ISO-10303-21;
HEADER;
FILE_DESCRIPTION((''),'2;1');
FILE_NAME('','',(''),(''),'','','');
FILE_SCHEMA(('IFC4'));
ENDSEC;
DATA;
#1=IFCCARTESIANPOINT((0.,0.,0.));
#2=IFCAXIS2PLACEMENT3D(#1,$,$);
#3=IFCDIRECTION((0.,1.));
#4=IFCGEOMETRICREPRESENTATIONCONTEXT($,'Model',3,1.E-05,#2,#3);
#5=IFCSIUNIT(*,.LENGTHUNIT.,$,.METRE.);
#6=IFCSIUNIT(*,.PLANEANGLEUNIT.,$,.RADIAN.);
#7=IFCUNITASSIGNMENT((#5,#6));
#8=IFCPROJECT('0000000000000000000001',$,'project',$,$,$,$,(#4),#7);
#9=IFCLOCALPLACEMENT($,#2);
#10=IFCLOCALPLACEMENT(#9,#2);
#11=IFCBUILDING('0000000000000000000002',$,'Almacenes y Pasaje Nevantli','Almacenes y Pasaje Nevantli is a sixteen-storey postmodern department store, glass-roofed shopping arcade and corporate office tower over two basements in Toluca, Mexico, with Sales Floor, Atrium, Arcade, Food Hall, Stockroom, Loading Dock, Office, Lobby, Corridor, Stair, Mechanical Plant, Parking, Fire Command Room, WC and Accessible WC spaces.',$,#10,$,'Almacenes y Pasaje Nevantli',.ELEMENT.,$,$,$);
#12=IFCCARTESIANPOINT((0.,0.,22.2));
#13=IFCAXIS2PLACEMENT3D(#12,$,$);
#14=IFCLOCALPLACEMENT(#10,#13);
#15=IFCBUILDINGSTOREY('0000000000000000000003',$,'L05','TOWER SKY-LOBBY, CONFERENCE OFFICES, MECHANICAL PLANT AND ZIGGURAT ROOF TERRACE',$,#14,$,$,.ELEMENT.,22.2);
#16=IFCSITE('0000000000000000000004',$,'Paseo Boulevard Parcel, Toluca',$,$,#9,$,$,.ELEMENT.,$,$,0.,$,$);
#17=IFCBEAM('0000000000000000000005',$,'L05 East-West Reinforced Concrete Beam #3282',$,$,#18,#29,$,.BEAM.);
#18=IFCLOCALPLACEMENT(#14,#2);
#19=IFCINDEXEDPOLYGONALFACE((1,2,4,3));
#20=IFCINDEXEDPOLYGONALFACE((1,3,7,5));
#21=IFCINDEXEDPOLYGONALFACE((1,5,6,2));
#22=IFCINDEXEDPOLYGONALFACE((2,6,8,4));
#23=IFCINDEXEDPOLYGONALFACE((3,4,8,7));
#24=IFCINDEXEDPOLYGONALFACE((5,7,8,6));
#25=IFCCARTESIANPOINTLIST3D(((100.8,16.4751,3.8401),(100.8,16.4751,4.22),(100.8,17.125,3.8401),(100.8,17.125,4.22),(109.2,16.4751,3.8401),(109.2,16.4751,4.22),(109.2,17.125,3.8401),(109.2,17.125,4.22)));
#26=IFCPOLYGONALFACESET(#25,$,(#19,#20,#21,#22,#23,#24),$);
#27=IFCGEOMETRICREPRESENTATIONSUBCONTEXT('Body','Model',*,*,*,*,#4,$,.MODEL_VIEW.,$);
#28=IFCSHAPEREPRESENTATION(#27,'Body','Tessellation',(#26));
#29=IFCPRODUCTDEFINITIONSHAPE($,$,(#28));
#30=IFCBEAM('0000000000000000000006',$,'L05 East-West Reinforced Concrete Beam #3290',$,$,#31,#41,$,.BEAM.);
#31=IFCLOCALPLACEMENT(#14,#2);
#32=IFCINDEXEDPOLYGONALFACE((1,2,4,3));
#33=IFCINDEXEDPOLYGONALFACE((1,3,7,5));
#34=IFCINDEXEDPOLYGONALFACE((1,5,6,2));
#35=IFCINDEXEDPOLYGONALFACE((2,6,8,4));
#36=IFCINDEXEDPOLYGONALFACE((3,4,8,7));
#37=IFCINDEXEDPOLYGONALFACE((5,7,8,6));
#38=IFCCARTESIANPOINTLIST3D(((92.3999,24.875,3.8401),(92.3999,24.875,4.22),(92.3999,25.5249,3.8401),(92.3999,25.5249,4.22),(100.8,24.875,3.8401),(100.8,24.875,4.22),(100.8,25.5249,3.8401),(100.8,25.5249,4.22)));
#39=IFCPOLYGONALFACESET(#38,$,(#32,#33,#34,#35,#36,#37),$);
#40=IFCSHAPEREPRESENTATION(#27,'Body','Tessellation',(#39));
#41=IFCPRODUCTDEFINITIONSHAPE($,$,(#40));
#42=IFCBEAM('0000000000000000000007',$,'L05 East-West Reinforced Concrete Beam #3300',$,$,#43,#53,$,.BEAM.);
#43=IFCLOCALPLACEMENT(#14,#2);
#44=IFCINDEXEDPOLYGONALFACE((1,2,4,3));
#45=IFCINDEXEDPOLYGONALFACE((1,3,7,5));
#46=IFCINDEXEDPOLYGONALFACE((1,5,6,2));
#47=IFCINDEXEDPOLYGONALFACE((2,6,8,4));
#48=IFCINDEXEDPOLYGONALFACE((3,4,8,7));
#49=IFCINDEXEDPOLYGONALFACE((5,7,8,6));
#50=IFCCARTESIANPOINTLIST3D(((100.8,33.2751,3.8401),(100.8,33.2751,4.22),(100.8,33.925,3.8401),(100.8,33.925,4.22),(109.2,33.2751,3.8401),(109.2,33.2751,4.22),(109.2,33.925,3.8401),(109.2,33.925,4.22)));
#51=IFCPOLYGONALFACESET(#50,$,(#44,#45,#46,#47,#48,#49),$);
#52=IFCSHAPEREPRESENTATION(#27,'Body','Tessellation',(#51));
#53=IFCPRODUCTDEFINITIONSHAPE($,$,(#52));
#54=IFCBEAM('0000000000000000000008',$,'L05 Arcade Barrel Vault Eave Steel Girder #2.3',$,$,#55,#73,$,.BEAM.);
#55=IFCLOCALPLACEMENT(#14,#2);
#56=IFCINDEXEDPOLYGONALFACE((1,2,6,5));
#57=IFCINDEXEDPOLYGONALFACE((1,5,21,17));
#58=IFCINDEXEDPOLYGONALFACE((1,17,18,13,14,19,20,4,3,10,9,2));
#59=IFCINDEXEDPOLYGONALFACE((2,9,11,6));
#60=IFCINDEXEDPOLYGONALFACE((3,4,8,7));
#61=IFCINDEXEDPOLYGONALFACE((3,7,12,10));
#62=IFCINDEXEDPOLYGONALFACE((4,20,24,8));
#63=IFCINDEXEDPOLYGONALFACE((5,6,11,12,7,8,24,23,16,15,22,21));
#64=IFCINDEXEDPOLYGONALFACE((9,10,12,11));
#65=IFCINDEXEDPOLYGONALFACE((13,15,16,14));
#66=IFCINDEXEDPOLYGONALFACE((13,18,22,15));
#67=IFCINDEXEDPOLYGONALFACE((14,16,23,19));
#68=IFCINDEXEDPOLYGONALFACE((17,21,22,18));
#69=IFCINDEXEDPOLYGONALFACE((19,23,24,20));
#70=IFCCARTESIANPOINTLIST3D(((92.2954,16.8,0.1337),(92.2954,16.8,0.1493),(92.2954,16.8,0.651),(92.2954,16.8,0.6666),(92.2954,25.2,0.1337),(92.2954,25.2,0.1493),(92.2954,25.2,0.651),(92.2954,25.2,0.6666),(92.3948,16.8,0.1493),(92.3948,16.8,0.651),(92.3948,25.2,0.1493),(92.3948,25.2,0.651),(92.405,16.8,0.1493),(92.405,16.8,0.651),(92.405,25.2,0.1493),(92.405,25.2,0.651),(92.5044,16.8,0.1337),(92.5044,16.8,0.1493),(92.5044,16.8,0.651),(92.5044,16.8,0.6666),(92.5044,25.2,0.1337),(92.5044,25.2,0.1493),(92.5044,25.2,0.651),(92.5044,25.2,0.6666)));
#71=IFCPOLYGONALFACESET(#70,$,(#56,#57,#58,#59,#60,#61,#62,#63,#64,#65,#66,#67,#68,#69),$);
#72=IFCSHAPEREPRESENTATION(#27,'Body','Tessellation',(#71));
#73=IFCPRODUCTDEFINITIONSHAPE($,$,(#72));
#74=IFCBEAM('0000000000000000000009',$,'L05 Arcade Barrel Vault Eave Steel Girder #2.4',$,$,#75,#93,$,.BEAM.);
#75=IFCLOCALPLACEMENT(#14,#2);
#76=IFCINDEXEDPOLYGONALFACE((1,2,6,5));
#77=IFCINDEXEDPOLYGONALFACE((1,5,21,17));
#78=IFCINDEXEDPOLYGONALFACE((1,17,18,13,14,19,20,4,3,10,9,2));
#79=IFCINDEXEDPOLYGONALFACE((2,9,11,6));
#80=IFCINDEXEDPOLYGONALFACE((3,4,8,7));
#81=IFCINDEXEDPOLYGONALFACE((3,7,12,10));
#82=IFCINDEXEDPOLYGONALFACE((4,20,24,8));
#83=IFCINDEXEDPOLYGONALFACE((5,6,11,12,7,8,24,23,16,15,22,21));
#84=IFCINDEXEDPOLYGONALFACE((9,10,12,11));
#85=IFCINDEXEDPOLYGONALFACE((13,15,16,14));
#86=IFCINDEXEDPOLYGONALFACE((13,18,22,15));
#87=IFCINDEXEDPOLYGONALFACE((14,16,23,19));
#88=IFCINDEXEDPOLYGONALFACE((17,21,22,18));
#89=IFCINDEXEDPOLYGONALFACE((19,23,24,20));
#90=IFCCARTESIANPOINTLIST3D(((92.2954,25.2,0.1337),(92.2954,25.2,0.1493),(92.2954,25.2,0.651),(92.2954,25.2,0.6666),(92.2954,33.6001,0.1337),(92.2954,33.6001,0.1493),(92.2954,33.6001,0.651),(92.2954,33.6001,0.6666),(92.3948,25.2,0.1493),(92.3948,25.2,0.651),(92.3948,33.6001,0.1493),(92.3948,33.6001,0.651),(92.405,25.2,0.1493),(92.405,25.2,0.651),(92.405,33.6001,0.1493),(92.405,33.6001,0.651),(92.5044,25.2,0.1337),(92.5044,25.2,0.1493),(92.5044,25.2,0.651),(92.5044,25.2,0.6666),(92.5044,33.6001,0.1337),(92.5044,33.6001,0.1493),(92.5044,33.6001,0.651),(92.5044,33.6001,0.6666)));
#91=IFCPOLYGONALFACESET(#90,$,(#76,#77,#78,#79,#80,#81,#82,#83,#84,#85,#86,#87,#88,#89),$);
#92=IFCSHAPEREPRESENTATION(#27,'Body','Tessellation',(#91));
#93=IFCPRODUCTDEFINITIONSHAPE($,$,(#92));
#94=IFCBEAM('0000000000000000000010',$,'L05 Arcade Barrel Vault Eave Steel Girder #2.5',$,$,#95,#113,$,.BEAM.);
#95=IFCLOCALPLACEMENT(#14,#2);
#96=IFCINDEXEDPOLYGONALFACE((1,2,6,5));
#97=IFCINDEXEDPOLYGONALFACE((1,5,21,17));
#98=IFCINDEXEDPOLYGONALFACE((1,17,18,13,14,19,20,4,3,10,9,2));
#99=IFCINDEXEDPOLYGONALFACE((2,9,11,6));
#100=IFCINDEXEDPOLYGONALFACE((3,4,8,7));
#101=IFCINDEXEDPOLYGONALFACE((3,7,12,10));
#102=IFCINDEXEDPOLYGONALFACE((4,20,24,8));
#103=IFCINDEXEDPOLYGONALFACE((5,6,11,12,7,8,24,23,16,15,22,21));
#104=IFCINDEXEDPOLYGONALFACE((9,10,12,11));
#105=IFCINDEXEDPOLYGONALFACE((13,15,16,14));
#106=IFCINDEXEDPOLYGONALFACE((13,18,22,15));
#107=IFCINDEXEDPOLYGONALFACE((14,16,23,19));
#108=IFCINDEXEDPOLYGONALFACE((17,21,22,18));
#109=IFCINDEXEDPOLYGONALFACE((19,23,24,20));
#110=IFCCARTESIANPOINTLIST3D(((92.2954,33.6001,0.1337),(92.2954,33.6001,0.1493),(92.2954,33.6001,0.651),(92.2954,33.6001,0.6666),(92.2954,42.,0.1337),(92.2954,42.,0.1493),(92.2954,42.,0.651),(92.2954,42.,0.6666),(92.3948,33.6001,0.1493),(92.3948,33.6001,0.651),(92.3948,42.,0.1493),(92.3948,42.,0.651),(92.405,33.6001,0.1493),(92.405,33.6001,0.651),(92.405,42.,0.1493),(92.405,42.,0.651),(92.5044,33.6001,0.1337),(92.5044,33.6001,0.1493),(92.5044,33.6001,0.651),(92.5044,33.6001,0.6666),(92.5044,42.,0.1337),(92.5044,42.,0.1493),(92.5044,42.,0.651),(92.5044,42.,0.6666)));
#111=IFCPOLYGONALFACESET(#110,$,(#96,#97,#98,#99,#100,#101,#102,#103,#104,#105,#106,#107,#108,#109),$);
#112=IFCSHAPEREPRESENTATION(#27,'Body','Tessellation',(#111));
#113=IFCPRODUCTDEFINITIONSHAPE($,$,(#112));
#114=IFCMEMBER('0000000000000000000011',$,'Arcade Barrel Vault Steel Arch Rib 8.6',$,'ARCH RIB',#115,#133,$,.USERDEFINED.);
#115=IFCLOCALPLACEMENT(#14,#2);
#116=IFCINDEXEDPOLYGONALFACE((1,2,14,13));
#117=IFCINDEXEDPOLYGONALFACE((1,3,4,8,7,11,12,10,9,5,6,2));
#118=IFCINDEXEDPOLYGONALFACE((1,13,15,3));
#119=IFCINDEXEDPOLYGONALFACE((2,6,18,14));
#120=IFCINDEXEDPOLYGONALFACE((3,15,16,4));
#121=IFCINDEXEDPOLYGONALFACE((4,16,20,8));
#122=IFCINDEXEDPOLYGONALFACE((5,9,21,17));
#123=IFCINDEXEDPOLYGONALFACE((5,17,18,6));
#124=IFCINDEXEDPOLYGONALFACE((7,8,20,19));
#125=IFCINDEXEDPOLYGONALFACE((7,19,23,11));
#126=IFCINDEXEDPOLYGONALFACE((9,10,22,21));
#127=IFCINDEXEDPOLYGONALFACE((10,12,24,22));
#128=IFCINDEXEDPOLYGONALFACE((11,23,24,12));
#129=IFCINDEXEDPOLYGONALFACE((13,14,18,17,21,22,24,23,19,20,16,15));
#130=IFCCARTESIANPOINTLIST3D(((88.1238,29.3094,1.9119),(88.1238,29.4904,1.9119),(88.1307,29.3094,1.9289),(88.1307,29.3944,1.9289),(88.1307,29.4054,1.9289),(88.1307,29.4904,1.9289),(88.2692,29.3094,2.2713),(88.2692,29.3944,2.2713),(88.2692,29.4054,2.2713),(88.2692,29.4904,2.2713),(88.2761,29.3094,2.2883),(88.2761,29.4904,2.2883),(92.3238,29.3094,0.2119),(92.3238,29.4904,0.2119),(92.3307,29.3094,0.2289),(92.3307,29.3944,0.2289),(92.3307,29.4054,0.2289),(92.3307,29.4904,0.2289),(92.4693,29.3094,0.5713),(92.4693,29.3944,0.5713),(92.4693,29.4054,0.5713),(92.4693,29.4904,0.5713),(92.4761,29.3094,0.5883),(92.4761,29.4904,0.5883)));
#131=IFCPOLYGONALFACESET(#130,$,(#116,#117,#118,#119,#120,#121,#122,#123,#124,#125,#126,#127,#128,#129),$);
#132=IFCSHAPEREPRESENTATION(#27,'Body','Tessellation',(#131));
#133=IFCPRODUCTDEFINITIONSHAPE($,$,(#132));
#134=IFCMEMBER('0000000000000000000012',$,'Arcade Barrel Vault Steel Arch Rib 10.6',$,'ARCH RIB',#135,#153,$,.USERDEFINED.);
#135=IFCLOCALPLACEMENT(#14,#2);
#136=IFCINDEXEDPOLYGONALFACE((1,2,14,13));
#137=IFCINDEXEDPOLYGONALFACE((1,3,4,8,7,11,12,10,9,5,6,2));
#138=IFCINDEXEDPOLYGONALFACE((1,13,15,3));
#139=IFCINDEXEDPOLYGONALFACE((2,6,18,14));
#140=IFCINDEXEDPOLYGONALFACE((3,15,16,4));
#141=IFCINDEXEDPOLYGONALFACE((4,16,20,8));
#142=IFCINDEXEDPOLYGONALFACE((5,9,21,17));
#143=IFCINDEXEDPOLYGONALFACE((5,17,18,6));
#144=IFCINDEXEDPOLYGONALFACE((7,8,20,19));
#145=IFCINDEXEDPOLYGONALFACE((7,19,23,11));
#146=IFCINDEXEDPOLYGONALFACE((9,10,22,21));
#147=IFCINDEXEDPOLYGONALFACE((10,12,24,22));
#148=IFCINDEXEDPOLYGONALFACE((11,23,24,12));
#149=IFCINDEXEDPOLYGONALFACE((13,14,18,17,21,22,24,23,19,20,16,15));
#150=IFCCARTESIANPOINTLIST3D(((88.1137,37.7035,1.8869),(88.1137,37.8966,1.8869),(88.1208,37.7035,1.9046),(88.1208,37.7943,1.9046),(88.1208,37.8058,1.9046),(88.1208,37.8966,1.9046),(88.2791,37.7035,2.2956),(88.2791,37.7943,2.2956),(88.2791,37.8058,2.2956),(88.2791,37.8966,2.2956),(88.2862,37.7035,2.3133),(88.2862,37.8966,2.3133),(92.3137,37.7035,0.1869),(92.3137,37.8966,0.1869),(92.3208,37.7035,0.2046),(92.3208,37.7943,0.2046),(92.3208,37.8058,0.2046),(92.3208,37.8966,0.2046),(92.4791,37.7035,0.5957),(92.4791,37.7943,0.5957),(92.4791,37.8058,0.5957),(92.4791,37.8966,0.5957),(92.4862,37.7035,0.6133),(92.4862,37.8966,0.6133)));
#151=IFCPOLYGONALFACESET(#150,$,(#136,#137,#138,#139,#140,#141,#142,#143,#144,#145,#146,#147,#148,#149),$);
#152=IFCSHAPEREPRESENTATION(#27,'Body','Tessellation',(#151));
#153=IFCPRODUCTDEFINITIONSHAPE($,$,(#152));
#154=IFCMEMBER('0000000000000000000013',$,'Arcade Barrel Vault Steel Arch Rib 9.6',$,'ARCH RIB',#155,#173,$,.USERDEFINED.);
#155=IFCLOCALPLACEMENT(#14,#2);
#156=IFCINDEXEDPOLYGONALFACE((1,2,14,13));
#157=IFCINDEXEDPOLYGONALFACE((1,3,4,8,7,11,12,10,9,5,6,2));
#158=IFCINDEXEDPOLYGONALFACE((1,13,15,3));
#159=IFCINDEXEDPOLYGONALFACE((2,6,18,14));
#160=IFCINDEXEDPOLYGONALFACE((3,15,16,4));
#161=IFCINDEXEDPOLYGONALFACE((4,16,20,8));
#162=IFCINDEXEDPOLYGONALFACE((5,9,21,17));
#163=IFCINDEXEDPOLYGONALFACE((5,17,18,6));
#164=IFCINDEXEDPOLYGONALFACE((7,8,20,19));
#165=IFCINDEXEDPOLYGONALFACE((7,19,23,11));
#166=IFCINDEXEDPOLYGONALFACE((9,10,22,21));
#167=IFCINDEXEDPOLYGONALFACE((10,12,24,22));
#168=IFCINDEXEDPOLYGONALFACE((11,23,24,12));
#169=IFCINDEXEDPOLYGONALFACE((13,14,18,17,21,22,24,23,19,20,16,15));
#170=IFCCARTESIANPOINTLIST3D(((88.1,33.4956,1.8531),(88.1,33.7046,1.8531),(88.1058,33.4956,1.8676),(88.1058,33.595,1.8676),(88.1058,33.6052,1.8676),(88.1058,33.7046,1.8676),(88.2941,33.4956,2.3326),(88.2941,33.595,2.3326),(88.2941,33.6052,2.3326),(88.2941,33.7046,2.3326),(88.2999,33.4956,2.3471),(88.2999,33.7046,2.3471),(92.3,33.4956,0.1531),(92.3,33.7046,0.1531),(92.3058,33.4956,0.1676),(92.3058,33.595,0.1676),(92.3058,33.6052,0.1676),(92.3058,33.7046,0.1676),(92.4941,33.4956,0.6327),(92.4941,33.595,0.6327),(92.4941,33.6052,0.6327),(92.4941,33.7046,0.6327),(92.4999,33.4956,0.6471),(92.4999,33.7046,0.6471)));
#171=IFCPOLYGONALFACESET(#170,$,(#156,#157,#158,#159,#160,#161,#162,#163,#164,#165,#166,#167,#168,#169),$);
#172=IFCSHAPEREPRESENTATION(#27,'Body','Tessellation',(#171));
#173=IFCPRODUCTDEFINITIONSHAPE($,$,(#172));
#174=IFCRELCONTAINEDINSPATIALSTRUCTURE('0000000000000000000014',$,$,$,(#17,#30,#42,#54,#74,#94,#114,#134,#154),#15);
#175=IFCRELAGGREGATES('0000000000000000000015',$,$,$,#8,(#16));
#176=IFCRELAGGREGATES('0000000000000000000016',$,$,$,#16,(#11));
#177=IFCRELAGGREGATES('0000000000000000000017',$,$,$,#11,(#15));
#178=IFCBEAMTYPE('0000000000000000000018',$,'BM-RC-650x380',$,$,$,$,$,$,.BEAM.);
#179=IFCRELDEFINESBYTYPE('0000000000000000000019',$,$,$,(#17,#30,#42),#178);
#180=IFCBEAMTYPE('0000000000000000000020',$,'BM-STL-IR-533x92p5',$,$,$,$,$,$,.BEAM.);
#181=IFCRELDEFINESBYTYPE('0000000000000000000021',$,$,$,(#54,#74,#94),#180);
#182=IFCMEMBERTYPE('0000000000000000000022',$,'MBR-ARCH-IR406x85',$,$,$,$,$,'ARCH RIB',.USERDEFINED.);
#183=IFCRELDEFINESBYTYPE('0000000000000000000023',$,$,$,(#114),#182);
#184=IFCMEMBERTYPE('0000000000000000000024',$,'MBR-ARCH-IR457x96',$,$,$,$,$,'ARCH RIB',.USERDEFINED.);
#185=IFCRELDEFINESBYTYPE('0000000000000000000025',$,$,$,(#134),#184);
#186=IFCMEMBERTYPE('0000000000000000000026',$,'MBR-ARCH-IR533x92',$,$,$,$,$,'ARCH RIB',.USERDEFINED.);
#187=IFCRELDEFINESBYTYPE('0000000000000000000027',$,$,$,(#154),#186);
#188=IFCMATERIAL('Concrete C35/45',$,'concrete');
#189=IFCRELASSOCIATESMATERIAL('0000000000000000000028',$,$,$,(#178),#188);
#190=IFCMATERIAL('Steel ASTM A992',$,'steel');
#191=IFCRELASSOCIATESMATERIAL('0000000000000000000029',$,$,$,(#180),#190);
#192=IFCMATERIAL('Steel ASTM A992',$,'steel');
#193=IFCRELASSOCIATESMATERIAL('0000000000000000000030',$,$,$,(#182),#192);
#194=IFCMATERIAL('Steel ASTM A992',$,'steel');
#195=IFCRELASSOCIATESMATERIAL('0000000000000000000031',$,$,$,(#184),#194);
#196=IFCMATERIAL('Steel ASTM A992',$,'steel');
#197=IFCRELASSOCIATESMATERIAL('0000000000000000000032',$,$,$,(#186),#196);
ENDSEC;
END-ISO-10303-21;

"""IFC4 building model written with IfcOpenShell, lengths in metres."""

from ifc_helpers import new_model, si_unit, direction, frame, origin, origin_2d, place, context, subcontext, project, spatial, rectangle, i_section, extrude, material, material_profile, profile_set, type_object, element, save


model = new_model("IFC4")

# Units and contexts
model_context = context("Model", 3, precision=1e-05, world=origin(), true_north=direction((0.0, 1.0)))
body_context = subcontext(model_context, "Body", "Model", "MODEL_VIEW")
ifc_project = project(units=[si_unit("LENGTHUNIT", "METRE"), si_unit("PLANEANGLEUNIT", "RADIAN")], contexts=[model_context])

# Site, building, storey
site_placement = place(None, origin())
site = spatial("IfcSite", under=ifc_project, at=site_placement, Name="Paseo Boulevard Parcel, Toluca", CompositionType="ELEMENT", RefElevation=0.0)
building_placement = place(site_placement, origin())
building = spatial("IfcBuilding", under=site, at=building_placement, Name="Almacenes y Pasaje Nevantli", Description="Almacenes y Pasaje Nevantli is a sixteen-storey postmodern department store, glass-roofed shopping arcade and corporate office tower over two basements in Toluca, Mexico, with Sales Floor, Atrium, Arcade, Food Hall, Stockroom, Loading Dock, Office, Lobby, Corridor, Stair, Mechanical Plant, Parking, Fire Command Room, WC and Accessible WC spaces.", LongName="Almacenes y Pasaje Nevantli", CompositionType="ELEMENT")
storey_placement = place(building_placement, frame((0.0, 0.0, 22.2)))
storey = spatial("IfcBuildingStorey", under=building, at=storey_placement, Name="L05", Description="TOWER SKY-LOBBY, CONFERENCE OFFICES, MECHANICAL PLANT AND ZIGGURAT ROOF TERRACE", CompositionType="ELEMENT", Elevation=22.2)

# Beams
ifc_material_1 = material(Name="Concrete C35/45", Category="concrete")
ifc_material_profile_1 = material_profile(ifc_material_1, rectangle(XDim=0.6499, YDim=0.3799, at=origin_2d()), Name="RC-BM-650x380")
ifc_profile_set_1 = profile_set([ifc_material_profile_1], Name="Concrete C35/45")
beam_type_1 = type_object("IfcBeamType", Name="BM-RC-650x380", PredefinedType="BEAM", material=ifc_profile_set_1)
beam_1_placement = place(storey_placement, frame((100.8, 16.8, 4.03), z_axis=(1.0, 0.0, 0.0), x_axis=(0.0, 1.0, 0.0)))
element("IfcBeam", 1, at=beam_1_placement, inside=storey, type_object=beam_type_1, Name="L05 East-West Reinforced Concrete Beam #3282", PredefinedType="BEAM", context=body_context, shape_type="SweptSolid", body=[
    extrude(rectangle(XDim=0.6499, YDim=0.3799, at=origin_2d()), origin(), (0.0, 0.0, 1.0), 8.3999),
])
beam_2_placement = place(storey_placement, frame((92.3999, 25.2, 4.03), z_axis=(1.0, 0.0, 0.0), x_axis=(0.0, 1.0, 0.0)))
element("IfcBeam", 2, at=beam_2_placement, inside=storey, type_object=beam_type_1, Name="L05 East-West Reinforced Concrete Beam #3290", PredefinedType="BEAM", context=body_context, shape_type="SweptSolid", body=[
    extrude(rectangle(XDim=0.6499, YDim=0.3799, at=origin_2d()), origin(), (0.0, 0.0, 1.0), 8.4001),
])
beam_3_placement = place(storey_placement, frame((100.8, 33.6001, 4.03), z_axis=(1.0, 0.0, 0.0), x_axis=(0.0, 1.0, 0.0)))
element("IfcBeam", 3, at=beam_3_placement, inside=storey, type_object=beam_type_1, Name="L05 East-West Reinforced Concrete Beam #3300", PredefinedType="BEAM", context=body_context, shape_type="SweptSolid", body=[
    extrude(rectangle(XDim=0.6499, YDim=0.3799, at=origin_2d()), origin(), (0.0, 0.0, 1.0), 8.3999),
])
ifc_material_2 = material(Name="Steel ASTM A992", Category="steel")
ifc_material_profile_2 = material_profile(ifc_material_2, i_section(OverallWidth=0.209, OverallDepth=0.533, WebThickness=0.0103, FlangeThickness=0.0156, at=origin_2d()), Name="IR 533x92.5")
ifc_profile_set_2 = profile_set([ifc_material_profile_2], Name="Steel ASTM A992")
beam_type_2 = type_object("IfcBeamType", Name="BM-STL-IR-533x92p5", PredefinedType="BEAM", material=ifc_profile_set_2)
beam_4_placement = place(storey_placement, frame((92.3999, 16.8, 0.4001), z_axis=(0.0, 1.0, 0.0), x_axis=(-1.0, 0.0, 0.0)))
element("IfcBeam", 4, at=beam_4_placement, inside=storey, type_object=beam_type_2, Name="L05 Arcade Barrel Vault Eave Steel Girder #2.3", PredefinedType="BEAM", context=body_context, shape_type="SweptSolid", body=[
    extrude(i_section(OverallWidth=0.209, OverallDepth=0.533, WebThickness=0.0103, FlangeThickness=0.0156, at=origin_2d()), origin(), (0.0, 0.0, 1.0), 8.3999),
])
beam_5_placement = place(storey_placement, frame((92.3999, 25.2, 0.4001), z_axis=(0.0, 1.0, 0.0), x_axis=(-1.0, 0.0, 0.0)))
element("IfcBeam", 5, at=beam_5_placement, inside=storey, type_object=beam_type_2, Name="L05 Arcade Barrel Vault Eave Steel Girder #2.4", PredefinedType="BEAM", context=body_context, shape_type="SweptSolid", body=[
    extrude(i_section(OverallWidth=0.209, OverallDepth=0.533, WebThickness=0.0103, FlangeThickness=0.0156, at=origin_2d()), origin(), (0.0, 0.0, 1.0), 8.4001),
])
beam_6_placement = place(storey_placement, frame((92.3999, 33.6001, 0.4001), z_axis=(0.0, 1.0, 0.0), x_axis=(-1.0, 0.0, 0.0)))
element("IfcBeam", 6, at=beam_6_placement, inside=storey, type_object=beam_type_2, Name="L05 Arcade Barrel Vault Eave Steel Girder #2.5", PredefinedType="BEAM", context=body_context, shape_type="SweptSolid", body=[
    extrude(i_section(OverallWidth=0.209, OverallDepth=0.533, WebThickness=0.0103, FlangeThickness=0.0156, at=origin_2d()), origin(), (0.0, 0.0, 1.0), 8.3999),
])

# Members
ifc_material_3 = material(Name="Steel ASTM A992", Category="steel")
ifc_material_profile_3 = material_profile(ifc_material_3, i_section(OverallWidth=0.1809, OverallDepth=0.406, WebThickness=0.011, FlangeThickness=0.0183, at=origin_2d()), Name="IR 406x85.0")
ifc_profile_set_3 = profile_set([ifc_material_profile_3], Name="Steel ASTM A992")
member_type_1 = type_object("IfcMemberType", Name="MBR-ARCH-IR406x85", ElementType="ARCH RIB", PredefinedType="USERDEFINED", material=ifc_profile_set_3)
member_1_placement = place(storey_placement, frame((88.2, 29.3999, 2.1001), z_axis=(0.926949, 0.0, -0.375187), x_axis=(0.0, 1.0, 0.0)))
element("IfcMember", 7, at=member_1_placement, inside=storey, type_object=member_type_1, Name="Arcade Barrel Vault Steel Arch Rib 8.6", ObjectType="ARCH RIB", PredefinedType="USERDEFINED", context=body_context, shape_type="SweptSolid", body=[
    extrude(i_section(OverallWidth=0.1809, OverallDepth=0.406, WebThickness=0.011, FlangeThickness=0.0183, at=origin_2d()), origin(), (0.0, 0.0, 1.0), 4.531),
])
ifc_material_4 = material(Name="Steel ASTM A992", Category="steel")
ifc_material_profile_4 = material_profile(ifc_material_4, i_section(OverallWidth=0.1931, OverallDepth=0.46, WebThickness=0.0115, FlangeThickness=0.019, at=origin_2d()), Name="IR 457x96.7")
ifc_profile_set_4 = profile_set([ifc_material_profile_4], Name="Steel ASTM A992")
member_type_2 = type_object("IfcMemberType", Name="MBR-ARCH-IR457x96", ElementType="ARCH RIB", PredefinedType="USERDEFINED", material=ifc_profile_set_4)
member_2_placement = place(storey_placement, frame((88.2, 37.8, 2.1001), z_axis=(0.926949, 0.0, -0.375187), x_axis=(0.0, 1.0, 0.0)))
element("IfcMember", 8, at=member_2_placement, inside=storey, type_object=member_type_2, Name="Arcade Barrel Vault Steel Arch Rib 10.6", ObjectType="ARCH RIB", PredefinedType="USERDEFINED", context=body_context, shape_type="SweptSolid", body=[
    extrude(i_section(OverallWidth=0.1931, OverallDepth=0.46, WebThickness=0.0115, FlangeThickness=0.019, at=origin_2d()), origin(), (0.0, 0.0, 1.0), 4.531),
])
ifc_material_5 = material(Name="Steel ASTM A992", Category="steel")
ifc_material_profile_5 = material_profile(ifc_material_5, i_section(OverallWidth=0.209, OverallDepth=0.533, WebThickness=0.0103, FlangeThickness=0.0156, at=origin_2d()), Name="IR 533x92.5")
ifc_profile_set_5 = profile_set([ifc_material_profile_5], Name="Steel ASTM A992")
member_type_3 = type_object("IfcMemberType", Name="MBR-ARCH-IR533x92", ElementType="ARCH RIB", PredefinedType="USERDEFINED", material=ifc_profile_set_5)
member_3_placement = place(storey_placement, frame((88.2, 33.6001, 2.1001), z_axis=(0.926949, 0.0, -0.375187), x_axis=(0.0, 1.0, 0.0)))
element("IfcMember", 9, at=member_3_placement, inside=storey, type_object=member_type_3, Name="Arcade Barrel Vault Steel Arch Rib 9.6", ObjectType="ARCH RIB", PredefinedType="USERDEFINED", context=body_context, shape_type="SweptSolid", body=[
    extrude(i_section(OverallWidth=0.209, OverallDepth=0.533, WebThickness=0.0103, FlangeThickness=0.0156, at=origin_2d()), origin(), (0.0, 0.0, 1.0), 4.531),
])

save(model, "model.ifc")
